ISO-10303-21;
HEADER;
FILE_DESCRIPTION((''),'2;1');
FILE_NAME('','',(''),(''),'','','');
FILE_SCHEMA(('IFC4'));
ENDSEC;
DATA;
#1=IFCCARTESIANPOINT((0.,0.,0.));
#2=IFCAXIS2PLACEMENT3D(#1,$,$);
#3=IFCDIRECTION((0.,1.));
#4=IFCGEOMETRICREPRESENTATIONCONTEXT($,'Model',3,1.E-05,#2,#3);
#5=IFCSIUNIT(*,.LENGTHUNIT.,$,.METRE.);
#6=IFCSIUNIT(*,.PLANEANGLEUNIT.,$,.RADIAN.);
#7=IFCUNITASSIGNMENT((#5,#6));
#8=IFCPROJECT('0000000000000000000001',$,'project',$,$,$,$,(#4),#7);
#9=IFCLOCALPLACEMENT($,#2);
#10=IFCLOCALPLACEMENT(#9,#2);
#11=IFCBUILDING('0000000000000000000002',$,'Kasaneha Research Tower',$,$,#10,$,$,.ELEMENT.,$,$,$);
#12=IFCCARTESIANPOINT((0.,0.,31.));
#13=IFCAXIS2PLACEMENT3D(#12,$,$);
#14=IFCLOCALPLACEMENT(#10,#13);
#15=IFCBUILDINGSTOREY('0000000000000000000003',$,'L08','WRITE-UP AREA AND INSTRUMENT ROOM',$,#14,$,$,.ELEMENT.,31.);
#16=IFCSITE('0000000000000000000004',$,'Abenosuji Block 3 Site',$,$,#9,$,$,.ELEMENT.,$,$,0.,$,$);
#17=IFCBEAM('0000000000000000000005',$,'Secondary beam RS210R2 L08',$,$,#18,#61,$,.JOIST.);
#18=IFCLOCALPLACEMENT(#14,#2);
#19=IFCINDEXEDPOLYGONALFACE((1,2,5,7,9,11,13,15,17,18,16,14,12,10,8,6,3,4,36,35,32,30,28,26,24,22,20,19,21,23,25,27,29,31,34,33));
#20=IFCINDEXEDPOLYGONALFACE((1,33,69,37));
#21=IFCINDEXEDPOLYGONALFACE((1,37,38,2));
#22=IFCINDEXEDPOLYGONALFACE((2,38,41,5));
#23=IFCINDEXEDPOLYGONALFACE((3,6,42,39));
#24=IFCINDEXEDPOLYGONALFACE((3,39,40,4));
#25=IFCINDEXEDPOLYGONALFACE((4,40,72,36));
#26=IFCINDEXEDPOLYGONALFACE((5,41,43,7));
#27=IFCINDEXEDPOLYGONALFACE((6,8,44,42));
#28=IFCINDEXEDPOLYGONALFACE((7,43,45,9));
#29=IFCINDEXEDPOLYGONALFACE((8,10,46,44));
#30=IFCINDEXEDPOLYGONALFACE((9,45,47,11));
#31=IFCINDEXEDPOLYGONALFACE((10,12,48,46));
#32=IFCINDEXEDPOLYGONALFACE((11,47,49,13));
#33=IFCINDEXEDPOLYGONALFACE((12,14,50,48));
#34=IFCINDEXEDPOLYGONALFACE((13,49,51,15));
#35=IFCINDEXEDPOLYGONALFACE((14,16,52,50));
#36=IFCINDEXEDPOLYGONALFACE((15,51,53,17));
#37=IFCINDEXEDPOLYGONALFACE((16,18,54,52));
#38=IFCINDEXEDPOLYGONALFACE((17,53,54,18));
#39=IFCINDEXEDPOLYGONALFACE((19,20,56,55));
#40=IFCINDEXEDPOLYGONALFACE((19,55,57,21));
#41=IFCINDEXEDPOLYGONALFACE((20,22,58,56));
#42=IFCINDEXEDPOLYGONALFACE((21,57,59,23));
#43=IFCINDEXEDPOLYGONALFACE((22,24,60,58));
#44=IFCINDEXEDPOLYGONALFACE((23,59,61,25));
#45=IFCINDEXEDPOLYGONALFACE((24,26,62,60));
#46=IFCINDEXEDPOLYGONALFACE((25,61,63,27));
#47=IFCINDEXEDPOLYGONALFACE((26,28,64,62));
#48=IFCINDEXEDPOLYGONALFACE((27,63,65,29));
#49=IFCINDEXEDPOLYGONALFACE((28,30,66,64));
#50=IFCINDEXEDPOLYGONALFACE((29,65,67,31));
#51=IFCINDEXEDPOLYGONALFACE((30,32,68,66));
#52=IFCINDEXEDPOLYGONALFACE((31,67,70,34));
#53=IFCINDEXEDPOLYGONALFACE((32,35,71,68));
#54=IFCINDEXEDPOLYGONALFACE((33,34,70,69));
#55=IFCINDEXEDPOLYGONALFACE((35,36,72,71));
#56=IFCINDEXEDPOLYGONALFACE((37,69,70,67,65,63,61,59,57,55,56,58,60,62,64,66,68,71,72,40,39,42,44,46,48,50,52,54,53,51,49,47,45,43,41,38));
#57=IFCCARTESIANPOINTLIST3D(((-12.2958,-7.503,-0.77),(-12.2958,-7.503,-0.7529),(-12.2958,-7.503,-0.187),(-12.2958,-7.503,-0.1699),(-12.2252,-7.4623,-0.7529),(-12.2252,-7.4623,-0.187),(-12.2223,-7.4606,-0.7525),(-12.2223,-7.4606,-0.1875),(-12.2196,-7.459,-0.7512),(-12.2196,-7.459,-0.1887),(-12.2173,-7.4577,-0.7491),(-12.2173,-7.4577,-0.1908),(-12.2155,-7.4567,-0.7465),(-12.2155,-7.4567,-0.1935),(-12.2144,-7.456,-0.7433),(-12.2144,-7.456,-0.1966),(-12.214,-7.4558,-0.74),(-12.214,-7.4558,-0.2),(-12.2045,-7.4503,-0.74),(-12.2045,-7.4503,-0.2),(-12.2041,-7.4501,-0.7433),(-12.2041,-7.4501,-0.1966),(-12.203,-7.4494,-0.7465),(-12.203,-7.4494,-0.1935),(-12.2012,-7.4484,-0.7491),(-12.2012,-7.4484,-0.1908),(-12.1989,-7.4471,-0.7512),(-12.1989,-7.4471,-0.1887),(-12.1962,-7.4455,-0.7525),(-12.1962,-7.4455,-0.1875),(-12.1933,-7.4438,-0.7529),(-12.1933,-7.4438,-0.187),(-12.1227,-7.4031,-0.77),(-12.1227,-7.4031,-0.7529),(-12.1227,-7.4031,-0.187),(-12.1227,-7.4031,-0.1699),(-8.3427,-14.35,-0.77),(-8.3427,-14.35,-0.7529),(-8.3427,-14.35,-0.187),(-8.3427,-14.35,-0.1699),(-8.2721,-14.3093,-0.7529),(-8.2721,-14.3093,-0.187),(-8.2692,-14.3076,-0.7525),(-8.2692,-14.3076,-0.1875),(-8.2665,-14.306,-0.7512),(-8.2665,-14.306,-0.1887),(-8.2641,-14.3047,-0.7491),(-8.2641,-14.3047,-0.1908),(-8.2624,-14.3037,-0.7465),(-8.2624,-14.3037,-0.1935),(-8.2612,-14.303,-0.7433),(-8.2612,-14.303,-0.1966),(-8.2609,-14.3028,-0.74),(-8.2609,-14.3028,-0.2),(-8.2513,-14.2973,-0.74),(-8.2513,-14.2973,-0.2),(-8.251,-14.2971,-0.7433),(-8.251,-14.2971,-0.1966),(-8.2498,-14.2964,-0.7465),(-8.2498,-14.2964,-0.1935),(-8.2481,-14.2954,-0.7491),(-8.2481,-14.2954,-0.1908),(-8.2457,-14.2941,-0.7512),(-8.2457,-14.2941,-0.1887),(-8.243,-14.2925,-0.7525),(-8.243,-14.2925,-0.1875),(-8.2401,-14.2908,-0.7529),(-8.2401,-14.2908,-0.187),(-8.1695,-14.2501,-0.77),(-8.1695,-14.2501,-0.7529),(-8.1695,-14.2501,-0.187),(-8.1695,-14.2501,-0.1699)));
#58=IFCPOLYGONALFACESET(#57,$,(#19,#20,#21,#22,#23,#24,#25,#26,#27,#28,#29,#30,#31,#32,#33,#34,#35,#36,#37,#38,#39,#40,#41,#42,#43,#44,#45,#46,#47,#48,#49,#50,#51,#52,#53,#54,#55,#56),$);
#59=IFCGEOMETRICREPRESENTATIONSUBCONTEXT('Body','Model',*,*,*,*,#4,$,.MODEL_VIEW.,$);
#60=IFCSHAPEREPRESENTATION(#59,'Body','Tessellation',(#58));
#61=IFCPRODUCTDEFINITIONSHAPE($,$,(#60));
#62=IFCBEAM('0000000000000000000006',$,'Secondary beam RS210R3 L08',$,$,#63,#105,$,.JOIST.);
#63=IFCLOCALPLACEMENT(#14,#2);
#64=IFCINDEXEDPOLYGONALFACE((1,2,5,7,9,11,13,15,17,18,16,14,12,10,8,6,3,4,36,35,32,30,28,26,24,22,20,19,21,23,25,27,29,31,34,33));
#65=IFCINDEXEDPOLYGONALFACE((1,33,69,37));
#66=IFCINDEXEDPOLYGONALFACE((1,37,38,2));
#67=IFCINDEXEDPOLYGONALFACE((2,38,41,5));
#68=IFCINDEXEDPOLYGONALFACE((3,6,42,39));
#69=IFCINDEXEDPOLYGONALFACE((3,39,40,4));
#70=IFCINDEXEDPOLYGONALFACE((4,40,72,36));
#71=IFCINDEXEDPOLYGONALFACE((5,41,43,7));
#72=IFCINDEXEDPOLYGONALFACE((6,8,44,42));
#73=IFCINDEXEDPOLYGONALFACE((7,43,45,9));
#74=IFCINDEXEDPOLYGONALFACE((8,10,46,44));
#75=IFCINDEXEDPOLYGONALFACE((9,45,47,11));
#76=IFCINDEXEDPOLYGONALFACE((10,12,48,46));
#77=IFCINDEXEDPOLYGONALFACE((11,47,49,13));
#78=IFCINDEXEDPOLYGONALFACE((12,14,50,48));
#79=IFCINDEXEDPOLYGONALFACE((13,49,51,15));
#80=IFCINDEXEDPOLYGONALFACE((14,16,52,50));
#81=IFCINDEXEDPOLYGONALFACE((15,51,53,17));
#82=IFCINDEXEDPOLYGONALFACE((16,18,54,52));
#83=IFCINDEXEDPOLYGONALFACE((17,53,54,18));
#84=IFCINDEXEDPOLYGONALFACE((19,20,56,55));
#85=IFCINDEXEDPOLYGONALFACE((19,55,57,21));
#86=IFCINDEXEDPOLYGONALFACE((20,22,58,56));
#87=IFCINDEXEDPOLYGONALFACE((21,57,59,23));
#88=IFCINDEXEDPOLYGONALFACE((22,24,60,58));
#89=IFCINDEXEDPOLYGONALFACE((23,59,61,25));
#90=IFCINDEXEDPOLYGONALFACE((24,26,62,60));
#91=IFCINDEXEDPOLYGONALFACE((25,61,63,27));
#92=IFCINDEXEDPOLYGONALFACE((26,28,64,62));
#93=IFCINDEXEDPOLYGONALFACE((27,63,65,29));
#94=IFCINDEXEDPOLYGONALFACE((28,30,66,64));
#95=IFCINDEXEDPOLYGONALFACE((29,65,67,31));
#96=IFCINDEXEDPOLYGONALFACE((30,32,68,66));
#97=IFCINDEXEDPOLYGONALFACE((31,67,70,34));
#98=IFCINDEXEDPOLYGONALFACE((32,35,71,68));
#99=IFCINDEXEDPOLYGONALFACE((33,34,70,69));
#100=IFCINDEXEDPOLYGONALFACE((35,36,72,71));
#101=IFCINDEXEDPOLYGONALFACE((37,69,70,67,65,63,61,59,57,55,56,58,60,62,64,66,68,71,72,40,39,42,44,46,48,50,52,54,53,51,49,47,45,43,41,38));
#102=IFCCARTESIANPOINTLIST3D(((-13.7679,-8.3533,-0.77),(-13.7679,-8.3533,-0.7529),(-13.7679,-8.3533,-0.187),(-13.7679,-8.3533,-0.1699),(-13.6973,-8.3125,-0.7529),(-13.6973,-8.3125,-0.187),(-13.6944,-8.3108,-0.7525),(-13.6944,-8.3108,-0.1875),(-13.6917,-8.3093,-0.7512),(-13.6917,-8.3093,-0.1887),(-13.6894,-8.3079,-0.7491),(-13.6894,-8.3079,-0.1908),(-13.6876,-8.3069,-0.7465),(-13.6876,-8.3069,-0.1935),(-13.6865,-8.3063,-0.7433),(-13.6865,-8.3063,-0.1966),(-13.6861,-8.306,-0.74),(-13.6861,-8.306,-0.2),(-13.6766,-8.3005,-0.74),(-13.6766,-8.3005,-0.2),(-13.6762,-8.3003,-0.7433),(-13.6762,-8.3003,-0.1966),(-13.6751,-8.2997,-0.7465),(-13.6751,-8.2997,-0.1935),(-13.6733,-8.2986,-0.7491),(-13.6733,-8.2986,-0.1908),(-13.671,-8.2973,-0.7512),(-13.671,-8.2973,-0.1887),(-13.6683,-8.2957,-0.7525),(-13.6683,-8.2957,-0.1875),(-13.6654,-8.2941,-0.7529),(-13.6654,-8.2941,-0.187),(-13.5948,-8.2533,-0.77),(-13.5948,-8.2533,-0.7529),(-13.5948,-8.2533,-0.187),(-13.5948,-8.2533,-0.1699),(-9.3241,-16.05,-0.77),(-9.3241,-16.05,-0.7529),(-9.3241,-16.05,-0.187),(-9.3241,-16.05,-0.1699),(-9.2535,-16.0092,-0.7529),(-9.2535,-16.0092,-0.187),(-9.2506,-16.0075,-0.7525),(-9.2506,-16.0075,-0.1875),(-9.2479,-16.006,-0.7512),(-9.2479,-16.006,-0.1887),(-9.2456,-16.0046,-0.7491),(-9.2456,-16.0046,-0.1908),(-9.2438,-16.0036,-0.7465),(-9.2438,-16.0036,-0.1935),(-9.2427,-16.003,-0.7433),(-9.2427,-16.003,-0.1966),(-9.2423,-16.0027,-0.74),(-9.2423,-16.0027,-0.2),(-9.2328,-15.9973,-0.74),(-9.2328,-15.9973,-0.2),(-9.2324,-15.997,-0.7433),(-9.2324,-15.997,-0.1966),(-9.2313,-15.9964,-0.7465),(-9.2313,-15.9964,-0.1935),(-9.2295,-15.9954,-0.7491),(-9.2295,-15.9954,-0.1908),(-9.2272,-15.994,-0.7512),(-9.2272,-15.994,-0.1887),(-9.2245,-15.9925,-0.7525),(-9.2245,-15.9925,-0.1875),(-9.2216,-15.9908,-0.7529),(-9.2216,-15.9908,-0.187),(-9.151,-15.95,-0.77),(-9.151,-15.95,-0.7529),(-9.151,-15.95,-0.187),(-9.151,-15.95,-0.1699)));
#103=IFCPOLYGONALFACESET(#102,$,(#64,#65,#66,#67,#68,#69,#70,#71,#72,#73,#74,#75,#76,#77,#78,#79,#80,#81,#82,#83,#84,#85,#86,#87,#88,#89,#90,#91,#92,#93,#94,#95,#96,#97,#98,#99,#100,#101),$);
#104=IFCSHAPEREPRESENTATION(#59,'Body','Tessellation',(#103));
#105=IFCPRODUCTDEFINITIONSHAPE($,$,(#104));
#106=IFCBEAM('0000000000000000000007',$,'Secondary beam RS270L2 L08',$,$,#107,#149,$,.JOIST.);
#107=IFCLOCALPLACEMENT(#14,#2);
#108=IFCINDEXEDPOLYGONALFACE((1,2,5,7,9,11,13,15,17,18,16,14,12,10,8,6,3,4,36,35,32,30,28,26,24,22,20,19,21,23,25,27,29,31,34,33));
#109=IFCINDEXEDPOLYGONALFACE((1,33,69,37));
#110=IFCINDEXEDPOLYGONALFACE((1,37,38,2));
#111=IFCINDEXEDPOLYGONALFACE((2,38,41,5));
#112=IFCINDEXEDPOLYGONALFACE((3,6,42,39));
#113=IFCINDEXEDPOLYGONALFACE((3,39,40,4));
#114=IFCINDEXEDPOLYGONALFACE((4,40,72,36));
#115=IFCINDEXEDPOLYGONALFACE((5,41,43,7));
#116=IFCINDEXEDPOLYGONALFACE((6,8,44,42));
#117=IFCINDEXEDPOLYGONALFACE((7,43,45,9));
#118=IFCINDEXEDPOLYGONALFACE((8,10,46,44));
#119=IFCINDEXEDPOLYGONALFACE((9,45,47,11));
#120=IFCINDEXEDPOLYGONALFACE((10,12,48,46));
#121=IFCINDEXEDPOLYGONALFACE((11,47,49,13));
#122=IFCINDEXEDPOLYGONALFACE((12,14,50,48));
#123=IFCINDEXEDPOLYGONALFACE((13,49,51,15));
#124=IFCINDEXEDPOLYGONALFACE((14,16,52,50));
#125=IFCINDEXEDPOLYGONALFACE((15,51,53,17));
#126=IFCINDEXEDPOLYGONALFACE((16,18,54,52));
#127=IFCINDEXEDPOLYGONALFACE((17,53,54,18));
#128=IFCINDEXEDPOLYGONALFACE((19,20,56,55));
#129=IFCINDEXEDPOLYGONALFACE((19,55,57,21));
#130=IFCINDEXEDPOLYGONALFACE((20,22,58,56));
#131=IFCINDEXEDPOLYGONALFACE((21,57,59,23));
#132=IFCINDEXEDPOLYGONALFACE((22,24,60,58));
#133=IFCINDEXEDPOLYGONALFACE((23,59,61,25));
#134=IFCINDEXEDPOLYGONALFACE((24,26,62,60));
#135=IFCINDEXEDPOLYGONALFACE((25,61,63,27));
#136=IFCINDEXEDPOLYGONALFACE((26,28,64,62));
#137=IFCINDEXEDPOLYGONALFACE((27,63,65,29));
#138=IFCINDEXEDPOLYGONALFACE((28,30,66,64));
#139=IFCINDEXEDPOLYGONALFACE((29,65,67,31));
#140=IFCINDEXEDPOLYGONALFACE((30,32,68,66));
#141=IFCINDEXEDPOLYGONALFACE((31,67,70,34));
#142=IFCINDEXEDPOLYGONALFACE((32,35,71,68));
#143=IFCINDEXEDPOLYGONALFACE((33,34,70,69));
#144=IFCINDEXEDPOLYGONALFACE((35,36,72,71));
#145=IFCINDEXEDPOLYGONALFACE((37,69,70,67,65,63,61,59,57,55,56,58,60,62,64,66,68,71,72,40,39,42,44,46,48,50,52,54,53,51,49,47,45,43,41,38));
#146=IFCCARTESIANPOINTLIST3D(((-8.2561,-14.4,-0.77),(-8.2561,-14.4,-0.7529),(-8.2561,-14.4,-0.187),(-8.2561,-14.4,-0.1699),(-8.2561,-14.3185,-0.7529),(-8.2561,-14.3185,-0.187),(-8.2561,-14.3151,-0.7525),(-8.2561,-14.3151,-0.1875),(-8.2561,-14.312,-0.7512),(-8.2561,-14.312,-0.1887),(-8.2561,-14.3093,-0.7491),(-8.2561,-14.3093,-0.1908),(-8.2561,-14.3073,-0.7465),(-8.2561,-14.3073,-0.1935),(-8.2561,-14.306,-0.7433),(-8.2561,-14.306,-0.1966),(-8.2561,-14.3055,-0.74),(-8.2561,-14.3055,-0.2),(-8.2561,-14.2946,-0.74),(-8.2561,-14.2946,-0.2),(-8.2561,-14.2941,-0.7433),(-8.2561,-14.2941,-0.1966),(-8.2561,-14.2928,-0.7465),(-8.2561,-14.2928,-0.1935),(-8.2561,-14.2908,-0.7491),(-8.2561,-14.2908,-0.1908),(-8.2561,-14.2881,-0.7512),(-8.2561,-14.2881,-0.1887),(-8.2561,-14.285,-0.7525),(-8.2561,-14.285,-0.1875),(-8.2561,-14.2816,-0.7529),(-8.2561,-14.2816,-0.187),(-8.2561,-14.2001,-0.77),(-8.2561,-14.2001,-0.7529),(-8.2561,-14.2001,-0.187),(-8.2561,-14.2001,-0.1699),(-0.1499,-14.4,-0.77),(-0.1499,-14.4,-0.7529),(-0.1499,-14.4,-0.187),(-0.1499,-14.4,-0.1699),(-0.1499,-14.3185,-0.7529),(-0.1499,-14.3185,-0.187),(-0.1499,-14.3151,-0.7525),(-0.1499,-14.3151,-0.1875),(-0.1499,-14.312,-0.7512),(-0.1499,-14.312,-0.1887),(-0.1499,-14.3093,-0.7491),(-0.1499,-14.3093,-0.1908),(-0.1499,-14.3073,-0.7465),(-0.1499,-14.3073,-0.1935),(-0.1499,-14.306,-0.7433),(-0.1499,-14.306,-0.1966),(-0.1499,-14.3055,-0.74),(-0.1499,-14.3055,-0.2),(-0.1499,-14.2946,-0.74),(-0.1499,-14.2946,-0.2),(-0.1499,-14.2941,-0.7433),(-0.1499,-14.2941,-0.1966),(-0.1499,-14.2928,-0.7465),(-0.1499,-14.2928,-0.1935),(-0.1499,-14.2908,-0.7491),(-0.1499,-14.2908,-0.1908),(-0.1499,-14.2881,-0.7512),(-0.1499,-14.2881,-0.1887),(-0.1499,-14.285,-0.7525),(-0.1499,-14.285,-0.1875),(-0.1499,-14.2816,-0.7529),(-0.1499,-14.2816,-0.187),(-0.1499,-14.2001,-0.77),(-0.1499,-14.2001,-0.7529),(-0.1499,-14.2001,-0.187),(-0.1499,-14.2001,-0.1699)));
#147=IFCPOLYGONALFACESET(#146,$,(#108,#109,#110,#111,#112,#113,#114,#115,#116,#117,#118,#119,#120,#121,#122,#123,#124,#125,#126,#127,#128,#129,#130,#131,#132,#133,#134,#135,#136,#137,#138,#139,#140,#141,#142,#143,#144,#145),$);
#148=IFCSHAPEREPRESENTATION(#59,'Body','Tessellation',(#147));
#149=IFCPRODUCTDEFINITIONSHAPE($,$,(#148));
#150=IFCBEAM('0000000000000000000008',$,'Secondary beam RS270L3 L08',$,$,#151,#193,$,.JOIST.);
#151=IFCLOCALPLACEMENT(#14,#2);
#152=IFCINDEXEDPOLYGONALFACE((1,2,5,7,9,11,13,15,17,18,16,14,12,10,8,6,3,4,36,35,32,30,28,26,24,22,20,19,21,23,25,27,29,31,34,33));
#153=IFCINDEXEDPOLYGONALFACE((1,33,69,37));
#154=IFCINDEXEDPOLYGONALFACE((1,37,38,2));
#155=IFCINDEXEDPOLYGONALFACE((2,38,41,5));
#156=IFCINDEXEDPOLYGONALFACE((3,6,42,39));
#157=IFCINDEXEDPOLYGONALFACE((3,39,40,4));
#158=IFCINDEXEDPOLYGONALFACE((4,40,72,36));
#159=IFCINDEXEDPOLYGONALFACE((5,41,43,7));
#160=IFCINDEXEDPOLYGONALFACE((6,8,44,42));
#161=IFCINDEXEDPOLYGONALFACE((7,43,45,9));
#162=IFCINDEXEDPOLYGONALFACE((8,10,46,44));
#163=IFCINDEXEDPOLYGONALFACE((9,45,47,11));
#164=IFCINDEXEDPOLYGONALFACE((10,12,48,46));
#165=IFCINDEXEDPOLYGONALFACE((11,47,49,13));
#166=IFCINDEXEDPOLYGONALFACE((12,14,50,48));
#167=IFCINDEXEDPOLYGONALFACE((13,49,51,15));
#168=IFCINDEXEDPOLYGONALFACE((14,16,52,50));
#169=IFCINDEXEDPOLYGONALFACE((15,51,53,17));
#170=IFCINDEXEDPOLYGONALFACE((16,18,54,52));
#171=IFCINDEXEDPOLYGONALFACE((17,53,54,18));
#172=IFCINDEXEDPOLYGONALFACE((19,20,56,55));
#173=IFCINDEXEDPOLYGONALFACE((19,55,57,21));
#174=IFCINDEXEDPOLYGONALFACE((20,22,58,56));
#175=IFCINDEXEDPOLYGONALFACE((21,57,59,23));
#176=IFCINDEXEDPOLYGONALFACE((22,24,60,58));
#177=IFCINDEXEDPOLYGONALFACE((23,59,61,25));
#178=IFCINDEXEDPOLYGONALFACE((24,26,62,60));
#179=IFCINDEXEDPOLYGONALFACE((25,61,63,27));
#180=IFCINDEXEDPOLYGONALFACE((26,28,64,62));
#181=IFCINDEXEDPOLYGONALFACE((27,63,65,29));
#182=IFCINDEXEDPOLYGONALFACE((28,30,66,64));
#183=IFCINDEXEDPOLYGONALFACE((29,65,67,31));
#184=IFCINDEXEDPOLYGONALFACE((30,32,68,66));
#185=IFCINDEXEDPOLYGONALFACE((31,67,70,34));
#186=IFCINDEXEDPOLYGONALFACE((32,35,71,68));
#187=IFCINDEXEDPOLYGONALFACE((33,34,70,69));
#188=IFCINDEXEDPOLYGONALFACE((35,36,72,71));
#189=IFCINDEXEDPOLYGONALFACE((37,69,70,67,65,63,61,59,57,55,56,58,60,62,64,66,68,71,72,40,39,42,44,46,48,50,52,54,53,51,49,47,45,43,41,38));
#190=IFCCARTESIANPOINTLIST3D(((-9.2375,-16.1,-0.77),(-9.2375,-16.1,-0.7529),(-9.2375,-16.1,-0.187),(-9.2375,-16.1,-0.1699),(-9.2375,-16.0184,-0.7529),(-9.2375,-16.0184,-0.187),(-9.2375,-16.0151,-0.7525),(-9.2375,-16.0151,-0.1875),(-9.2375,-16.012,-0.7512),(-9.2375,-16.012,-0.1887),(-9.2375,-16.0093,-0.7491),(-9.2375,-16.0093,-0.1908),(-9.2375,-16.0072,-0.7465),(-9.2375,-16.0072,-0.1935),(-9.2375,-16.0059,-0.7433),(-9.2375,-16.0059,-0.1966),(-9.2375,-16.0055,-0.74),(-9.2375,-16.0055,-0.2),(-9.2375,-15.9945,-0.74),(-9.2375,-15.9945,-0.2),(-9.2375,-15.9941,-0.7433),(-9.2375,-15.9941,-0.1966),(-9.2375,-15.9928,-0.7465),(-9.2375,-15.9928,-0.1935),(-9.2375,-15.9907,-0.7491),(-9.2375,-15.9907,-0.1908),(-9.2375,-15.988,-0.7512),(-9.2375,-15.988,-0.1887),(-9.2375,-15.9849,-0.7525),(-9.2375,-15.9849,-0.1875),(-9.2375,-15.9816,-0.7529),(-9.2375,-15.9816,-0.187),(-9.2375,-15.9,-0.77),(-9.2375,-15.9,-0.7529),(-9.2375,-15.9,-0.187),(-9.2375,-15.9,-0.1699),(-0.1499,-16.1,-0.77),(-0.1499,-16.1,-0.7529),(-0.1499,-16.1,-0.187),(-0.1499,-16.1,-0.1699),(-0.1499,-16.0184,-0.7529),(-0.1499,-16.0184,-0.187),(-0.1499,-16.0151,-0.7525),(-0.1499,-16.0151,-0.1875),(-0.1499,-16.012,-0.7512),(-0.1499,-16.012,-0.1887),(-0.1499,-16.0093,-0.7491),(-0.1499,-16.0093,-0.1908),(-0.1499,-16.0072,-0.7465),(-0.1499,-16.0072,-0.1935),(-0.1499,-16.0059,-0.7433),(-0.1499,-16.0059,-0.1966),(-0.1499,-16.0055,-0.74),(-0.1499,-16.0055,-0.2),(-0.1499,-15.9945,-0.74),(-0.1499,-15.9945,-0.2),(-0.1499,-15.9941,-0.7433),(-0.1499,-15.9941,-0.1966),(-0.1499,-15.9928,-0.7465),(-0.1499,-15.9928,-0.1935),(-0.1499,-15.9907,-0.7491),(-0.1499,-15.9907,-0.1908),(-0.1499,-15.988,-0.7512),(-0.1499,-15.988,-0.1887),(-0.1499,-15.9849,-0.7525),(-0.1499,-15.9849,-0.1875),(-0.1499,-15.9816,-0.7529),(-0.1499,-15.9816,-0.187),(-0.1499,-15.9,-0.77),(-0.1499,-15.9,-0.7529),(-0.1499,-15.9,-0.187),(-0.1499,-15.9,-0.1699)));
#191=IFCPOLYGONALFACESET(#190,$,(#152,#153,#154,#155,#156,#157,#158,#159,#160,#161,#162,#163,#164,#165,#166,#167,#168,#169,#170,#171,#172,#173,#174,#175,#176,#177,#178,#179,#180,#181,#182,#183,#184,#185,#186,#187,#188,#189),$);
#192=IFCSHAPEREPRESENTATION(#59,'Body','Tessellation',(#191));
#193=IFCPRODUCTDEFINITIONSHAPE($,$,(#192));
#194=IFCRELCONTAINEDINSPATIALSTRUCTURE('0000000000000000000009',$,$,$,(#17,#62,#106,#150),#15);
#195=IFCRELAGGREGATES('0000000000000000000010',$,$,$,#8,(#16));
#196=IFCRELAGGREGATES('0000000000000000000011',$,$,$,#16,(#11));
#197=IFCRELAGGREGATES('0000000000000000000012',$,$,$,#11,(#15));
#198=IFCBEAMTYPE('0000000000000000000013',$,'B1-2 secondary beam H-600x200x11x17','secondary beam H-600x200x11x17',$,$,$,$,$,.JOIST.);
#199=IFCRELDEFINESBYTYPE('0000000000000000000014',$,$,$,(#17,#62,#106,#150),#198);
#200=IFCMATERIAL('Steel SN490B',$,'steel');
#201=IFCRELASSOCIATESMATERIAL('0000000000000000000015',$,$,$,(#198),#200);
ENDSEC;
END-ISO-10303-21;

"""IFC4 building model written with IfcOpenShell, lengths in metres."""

from ifc_helpers import new_model, si_unit, direction, frame, origin, origin_2d, place, context, subcontext, project, spatial, i_section, extrude, material, material_profile, profile_set, type_object, element, save


model = new_model("IFC4")

# Units and contexts
model_context = context("Model", 3, precision=1e-05, world=origin(), true_north=direction((0.0, 1.0)))
body_context = subcontext(model_context, "Body", "Model", "MODEL_VIEW")
ifc_project = project(units=[si_unit("LENGTHUNIT", "METRE"), si_unit("PLANEANGLEUNIT", "RADIAN")], contexts=[model_context])

# Site, building, storey
site_placement = place(None, origin())
site = spatial("IfcSite", under=ifc_project, at=site_placement, Name="Abenosuji Block 3 Site", CompositionType="ELEMENT", RefElevation=0.0)
building_placement = place(site_placement, origin())
building = spatial("IfcBuilding", under=site, at=building_placement, Name="Kasaneha Research Tower", CompositionType="ELEMENT")
storey_placement = place(building_placement, frame((0.0, 0.0, 31.0)))
storey = spatial("IfcBuildingStorey", under=building, at=storey_placement, Name="L08", Description="WRITE-UP AREA AND INSTRUMENT ROOM", CompositionType="ELEMENT", Elevation=31.0)

# Beams
ifc_material_1 = material(Name="Steel SN490B", Category="steel")
ifc_material_profile_1 = material_profile(ifc_material_1, i_section(OverallWidth=0.2, OverallDepth=0.6001, WebThickness=0.011, FlangeThickness=0.0171, FilletRadius=0.0129, at=origin_2d()), Name="H-600x200x11x17")
ifc_profile_set_1 = profile_set([ifc_material_profile_1], Name="Steel SN490B")
beam_type_1 = type_object("IfcBeamType", Name="B1-2 secondary beam H-600x200x11x17", Description="secondary beam H-600x200x11x17", PredefinedType="JOIST", material=ifc_profile_set_1)
beam_1_placement = place(storey_placement, frame((-8.2561, -14.3, -0.47), z_axis=(-0.500005, 0.866023, 0.0), x_axis=(-0.866023, -0.500005, 0.0)))
element("IfcBeam", 1, at=beam_1_placement, inside=storey, type_object=beam_type_1, Name="Secondary beam RS210R2 L08", PredefinedType="JOIST", context=body_context, shape_type="SweptSolid", body=[
    extrude(i_section(OverallWidth=0.2, OverallDepth=0.6001, WebThickness=0.011, FlangeThickness=0.0171, FilletRadius=0.0129, at=origin_2d()), origin(), (0.0, 0.0, 1.0), 7.9062),
])
beam_2_placement = place(storey_placement, frame((-9.2375, -16.0, -0.47), z_axis=(-0.500009, 0.86602, 0.0), x_axis=(-0.86602, -0.500009, 0.0)))
element("IfcBeam", 2, at=beam_2_placement, inside=storey, type_object=beam_type_1, Name="Secondary beam RS210R3 L08", PredefinedType="JOIST", context=body_context, shape_type="SweptSolid", body=[
    extrude(i_section(OverallWidth=0.2, OverallDepth=0.6001, WebThickness=0.011, FlangeThickness=0.0171, FilletRadius=0.0129, at=origin_2d()), origin(), (0.0, 0.0, 1.0), 8.8875),
])
beam_3_placement = place(storey_placement, frame((-8.2561, -14.3, -0.47), z_axis=(1.0, 0.0, 0.0), x_axis=(0.0, 1.0, 0.0)))
element("IfcBeam", 3, at=beam_3_placement, inside=storey, type_object=beam_type_1, Name="Secondary beam RS270L2 L08", PredefinedType="JOIST", context=body_context, shape_type="SweptSolid", body=[
    extrude(i_section(OverallWidth=0.2, OverallDepth=0.6001, WebThickness=0.011, FlangeThickness=0.0171, FilletRadius=0.0129, at=origin_2d()), origin(), (0.0, 0.0, 1.0), 8.1062),
])
beam_4_placement = place(storey_placement, frame((-9.2375, -16.0, -0.47), z_axis=(1.0, 0.0, 0.0), x_axis=(0.0, 1.0, 0.0)))
element("IfcBeam", 4, at=beam_4_placement, inside=storey, type_object=beam_type_1, Name="Secondary beam RS270L3 L08", PredefinedType="JOIST", context=body_context, shape_type="SweptSolid", body=[
    extrude(i_section(OverallWidth=0.2, OverallDepth=0.6001, WebThickness=0.011, FlangeThickness=0.0171, FilletRadius=0.0129, at=origin_2d()), origin(), (0.0, 0.0, 1.0), 9.0876),
])

save(model, "model.ifc")
